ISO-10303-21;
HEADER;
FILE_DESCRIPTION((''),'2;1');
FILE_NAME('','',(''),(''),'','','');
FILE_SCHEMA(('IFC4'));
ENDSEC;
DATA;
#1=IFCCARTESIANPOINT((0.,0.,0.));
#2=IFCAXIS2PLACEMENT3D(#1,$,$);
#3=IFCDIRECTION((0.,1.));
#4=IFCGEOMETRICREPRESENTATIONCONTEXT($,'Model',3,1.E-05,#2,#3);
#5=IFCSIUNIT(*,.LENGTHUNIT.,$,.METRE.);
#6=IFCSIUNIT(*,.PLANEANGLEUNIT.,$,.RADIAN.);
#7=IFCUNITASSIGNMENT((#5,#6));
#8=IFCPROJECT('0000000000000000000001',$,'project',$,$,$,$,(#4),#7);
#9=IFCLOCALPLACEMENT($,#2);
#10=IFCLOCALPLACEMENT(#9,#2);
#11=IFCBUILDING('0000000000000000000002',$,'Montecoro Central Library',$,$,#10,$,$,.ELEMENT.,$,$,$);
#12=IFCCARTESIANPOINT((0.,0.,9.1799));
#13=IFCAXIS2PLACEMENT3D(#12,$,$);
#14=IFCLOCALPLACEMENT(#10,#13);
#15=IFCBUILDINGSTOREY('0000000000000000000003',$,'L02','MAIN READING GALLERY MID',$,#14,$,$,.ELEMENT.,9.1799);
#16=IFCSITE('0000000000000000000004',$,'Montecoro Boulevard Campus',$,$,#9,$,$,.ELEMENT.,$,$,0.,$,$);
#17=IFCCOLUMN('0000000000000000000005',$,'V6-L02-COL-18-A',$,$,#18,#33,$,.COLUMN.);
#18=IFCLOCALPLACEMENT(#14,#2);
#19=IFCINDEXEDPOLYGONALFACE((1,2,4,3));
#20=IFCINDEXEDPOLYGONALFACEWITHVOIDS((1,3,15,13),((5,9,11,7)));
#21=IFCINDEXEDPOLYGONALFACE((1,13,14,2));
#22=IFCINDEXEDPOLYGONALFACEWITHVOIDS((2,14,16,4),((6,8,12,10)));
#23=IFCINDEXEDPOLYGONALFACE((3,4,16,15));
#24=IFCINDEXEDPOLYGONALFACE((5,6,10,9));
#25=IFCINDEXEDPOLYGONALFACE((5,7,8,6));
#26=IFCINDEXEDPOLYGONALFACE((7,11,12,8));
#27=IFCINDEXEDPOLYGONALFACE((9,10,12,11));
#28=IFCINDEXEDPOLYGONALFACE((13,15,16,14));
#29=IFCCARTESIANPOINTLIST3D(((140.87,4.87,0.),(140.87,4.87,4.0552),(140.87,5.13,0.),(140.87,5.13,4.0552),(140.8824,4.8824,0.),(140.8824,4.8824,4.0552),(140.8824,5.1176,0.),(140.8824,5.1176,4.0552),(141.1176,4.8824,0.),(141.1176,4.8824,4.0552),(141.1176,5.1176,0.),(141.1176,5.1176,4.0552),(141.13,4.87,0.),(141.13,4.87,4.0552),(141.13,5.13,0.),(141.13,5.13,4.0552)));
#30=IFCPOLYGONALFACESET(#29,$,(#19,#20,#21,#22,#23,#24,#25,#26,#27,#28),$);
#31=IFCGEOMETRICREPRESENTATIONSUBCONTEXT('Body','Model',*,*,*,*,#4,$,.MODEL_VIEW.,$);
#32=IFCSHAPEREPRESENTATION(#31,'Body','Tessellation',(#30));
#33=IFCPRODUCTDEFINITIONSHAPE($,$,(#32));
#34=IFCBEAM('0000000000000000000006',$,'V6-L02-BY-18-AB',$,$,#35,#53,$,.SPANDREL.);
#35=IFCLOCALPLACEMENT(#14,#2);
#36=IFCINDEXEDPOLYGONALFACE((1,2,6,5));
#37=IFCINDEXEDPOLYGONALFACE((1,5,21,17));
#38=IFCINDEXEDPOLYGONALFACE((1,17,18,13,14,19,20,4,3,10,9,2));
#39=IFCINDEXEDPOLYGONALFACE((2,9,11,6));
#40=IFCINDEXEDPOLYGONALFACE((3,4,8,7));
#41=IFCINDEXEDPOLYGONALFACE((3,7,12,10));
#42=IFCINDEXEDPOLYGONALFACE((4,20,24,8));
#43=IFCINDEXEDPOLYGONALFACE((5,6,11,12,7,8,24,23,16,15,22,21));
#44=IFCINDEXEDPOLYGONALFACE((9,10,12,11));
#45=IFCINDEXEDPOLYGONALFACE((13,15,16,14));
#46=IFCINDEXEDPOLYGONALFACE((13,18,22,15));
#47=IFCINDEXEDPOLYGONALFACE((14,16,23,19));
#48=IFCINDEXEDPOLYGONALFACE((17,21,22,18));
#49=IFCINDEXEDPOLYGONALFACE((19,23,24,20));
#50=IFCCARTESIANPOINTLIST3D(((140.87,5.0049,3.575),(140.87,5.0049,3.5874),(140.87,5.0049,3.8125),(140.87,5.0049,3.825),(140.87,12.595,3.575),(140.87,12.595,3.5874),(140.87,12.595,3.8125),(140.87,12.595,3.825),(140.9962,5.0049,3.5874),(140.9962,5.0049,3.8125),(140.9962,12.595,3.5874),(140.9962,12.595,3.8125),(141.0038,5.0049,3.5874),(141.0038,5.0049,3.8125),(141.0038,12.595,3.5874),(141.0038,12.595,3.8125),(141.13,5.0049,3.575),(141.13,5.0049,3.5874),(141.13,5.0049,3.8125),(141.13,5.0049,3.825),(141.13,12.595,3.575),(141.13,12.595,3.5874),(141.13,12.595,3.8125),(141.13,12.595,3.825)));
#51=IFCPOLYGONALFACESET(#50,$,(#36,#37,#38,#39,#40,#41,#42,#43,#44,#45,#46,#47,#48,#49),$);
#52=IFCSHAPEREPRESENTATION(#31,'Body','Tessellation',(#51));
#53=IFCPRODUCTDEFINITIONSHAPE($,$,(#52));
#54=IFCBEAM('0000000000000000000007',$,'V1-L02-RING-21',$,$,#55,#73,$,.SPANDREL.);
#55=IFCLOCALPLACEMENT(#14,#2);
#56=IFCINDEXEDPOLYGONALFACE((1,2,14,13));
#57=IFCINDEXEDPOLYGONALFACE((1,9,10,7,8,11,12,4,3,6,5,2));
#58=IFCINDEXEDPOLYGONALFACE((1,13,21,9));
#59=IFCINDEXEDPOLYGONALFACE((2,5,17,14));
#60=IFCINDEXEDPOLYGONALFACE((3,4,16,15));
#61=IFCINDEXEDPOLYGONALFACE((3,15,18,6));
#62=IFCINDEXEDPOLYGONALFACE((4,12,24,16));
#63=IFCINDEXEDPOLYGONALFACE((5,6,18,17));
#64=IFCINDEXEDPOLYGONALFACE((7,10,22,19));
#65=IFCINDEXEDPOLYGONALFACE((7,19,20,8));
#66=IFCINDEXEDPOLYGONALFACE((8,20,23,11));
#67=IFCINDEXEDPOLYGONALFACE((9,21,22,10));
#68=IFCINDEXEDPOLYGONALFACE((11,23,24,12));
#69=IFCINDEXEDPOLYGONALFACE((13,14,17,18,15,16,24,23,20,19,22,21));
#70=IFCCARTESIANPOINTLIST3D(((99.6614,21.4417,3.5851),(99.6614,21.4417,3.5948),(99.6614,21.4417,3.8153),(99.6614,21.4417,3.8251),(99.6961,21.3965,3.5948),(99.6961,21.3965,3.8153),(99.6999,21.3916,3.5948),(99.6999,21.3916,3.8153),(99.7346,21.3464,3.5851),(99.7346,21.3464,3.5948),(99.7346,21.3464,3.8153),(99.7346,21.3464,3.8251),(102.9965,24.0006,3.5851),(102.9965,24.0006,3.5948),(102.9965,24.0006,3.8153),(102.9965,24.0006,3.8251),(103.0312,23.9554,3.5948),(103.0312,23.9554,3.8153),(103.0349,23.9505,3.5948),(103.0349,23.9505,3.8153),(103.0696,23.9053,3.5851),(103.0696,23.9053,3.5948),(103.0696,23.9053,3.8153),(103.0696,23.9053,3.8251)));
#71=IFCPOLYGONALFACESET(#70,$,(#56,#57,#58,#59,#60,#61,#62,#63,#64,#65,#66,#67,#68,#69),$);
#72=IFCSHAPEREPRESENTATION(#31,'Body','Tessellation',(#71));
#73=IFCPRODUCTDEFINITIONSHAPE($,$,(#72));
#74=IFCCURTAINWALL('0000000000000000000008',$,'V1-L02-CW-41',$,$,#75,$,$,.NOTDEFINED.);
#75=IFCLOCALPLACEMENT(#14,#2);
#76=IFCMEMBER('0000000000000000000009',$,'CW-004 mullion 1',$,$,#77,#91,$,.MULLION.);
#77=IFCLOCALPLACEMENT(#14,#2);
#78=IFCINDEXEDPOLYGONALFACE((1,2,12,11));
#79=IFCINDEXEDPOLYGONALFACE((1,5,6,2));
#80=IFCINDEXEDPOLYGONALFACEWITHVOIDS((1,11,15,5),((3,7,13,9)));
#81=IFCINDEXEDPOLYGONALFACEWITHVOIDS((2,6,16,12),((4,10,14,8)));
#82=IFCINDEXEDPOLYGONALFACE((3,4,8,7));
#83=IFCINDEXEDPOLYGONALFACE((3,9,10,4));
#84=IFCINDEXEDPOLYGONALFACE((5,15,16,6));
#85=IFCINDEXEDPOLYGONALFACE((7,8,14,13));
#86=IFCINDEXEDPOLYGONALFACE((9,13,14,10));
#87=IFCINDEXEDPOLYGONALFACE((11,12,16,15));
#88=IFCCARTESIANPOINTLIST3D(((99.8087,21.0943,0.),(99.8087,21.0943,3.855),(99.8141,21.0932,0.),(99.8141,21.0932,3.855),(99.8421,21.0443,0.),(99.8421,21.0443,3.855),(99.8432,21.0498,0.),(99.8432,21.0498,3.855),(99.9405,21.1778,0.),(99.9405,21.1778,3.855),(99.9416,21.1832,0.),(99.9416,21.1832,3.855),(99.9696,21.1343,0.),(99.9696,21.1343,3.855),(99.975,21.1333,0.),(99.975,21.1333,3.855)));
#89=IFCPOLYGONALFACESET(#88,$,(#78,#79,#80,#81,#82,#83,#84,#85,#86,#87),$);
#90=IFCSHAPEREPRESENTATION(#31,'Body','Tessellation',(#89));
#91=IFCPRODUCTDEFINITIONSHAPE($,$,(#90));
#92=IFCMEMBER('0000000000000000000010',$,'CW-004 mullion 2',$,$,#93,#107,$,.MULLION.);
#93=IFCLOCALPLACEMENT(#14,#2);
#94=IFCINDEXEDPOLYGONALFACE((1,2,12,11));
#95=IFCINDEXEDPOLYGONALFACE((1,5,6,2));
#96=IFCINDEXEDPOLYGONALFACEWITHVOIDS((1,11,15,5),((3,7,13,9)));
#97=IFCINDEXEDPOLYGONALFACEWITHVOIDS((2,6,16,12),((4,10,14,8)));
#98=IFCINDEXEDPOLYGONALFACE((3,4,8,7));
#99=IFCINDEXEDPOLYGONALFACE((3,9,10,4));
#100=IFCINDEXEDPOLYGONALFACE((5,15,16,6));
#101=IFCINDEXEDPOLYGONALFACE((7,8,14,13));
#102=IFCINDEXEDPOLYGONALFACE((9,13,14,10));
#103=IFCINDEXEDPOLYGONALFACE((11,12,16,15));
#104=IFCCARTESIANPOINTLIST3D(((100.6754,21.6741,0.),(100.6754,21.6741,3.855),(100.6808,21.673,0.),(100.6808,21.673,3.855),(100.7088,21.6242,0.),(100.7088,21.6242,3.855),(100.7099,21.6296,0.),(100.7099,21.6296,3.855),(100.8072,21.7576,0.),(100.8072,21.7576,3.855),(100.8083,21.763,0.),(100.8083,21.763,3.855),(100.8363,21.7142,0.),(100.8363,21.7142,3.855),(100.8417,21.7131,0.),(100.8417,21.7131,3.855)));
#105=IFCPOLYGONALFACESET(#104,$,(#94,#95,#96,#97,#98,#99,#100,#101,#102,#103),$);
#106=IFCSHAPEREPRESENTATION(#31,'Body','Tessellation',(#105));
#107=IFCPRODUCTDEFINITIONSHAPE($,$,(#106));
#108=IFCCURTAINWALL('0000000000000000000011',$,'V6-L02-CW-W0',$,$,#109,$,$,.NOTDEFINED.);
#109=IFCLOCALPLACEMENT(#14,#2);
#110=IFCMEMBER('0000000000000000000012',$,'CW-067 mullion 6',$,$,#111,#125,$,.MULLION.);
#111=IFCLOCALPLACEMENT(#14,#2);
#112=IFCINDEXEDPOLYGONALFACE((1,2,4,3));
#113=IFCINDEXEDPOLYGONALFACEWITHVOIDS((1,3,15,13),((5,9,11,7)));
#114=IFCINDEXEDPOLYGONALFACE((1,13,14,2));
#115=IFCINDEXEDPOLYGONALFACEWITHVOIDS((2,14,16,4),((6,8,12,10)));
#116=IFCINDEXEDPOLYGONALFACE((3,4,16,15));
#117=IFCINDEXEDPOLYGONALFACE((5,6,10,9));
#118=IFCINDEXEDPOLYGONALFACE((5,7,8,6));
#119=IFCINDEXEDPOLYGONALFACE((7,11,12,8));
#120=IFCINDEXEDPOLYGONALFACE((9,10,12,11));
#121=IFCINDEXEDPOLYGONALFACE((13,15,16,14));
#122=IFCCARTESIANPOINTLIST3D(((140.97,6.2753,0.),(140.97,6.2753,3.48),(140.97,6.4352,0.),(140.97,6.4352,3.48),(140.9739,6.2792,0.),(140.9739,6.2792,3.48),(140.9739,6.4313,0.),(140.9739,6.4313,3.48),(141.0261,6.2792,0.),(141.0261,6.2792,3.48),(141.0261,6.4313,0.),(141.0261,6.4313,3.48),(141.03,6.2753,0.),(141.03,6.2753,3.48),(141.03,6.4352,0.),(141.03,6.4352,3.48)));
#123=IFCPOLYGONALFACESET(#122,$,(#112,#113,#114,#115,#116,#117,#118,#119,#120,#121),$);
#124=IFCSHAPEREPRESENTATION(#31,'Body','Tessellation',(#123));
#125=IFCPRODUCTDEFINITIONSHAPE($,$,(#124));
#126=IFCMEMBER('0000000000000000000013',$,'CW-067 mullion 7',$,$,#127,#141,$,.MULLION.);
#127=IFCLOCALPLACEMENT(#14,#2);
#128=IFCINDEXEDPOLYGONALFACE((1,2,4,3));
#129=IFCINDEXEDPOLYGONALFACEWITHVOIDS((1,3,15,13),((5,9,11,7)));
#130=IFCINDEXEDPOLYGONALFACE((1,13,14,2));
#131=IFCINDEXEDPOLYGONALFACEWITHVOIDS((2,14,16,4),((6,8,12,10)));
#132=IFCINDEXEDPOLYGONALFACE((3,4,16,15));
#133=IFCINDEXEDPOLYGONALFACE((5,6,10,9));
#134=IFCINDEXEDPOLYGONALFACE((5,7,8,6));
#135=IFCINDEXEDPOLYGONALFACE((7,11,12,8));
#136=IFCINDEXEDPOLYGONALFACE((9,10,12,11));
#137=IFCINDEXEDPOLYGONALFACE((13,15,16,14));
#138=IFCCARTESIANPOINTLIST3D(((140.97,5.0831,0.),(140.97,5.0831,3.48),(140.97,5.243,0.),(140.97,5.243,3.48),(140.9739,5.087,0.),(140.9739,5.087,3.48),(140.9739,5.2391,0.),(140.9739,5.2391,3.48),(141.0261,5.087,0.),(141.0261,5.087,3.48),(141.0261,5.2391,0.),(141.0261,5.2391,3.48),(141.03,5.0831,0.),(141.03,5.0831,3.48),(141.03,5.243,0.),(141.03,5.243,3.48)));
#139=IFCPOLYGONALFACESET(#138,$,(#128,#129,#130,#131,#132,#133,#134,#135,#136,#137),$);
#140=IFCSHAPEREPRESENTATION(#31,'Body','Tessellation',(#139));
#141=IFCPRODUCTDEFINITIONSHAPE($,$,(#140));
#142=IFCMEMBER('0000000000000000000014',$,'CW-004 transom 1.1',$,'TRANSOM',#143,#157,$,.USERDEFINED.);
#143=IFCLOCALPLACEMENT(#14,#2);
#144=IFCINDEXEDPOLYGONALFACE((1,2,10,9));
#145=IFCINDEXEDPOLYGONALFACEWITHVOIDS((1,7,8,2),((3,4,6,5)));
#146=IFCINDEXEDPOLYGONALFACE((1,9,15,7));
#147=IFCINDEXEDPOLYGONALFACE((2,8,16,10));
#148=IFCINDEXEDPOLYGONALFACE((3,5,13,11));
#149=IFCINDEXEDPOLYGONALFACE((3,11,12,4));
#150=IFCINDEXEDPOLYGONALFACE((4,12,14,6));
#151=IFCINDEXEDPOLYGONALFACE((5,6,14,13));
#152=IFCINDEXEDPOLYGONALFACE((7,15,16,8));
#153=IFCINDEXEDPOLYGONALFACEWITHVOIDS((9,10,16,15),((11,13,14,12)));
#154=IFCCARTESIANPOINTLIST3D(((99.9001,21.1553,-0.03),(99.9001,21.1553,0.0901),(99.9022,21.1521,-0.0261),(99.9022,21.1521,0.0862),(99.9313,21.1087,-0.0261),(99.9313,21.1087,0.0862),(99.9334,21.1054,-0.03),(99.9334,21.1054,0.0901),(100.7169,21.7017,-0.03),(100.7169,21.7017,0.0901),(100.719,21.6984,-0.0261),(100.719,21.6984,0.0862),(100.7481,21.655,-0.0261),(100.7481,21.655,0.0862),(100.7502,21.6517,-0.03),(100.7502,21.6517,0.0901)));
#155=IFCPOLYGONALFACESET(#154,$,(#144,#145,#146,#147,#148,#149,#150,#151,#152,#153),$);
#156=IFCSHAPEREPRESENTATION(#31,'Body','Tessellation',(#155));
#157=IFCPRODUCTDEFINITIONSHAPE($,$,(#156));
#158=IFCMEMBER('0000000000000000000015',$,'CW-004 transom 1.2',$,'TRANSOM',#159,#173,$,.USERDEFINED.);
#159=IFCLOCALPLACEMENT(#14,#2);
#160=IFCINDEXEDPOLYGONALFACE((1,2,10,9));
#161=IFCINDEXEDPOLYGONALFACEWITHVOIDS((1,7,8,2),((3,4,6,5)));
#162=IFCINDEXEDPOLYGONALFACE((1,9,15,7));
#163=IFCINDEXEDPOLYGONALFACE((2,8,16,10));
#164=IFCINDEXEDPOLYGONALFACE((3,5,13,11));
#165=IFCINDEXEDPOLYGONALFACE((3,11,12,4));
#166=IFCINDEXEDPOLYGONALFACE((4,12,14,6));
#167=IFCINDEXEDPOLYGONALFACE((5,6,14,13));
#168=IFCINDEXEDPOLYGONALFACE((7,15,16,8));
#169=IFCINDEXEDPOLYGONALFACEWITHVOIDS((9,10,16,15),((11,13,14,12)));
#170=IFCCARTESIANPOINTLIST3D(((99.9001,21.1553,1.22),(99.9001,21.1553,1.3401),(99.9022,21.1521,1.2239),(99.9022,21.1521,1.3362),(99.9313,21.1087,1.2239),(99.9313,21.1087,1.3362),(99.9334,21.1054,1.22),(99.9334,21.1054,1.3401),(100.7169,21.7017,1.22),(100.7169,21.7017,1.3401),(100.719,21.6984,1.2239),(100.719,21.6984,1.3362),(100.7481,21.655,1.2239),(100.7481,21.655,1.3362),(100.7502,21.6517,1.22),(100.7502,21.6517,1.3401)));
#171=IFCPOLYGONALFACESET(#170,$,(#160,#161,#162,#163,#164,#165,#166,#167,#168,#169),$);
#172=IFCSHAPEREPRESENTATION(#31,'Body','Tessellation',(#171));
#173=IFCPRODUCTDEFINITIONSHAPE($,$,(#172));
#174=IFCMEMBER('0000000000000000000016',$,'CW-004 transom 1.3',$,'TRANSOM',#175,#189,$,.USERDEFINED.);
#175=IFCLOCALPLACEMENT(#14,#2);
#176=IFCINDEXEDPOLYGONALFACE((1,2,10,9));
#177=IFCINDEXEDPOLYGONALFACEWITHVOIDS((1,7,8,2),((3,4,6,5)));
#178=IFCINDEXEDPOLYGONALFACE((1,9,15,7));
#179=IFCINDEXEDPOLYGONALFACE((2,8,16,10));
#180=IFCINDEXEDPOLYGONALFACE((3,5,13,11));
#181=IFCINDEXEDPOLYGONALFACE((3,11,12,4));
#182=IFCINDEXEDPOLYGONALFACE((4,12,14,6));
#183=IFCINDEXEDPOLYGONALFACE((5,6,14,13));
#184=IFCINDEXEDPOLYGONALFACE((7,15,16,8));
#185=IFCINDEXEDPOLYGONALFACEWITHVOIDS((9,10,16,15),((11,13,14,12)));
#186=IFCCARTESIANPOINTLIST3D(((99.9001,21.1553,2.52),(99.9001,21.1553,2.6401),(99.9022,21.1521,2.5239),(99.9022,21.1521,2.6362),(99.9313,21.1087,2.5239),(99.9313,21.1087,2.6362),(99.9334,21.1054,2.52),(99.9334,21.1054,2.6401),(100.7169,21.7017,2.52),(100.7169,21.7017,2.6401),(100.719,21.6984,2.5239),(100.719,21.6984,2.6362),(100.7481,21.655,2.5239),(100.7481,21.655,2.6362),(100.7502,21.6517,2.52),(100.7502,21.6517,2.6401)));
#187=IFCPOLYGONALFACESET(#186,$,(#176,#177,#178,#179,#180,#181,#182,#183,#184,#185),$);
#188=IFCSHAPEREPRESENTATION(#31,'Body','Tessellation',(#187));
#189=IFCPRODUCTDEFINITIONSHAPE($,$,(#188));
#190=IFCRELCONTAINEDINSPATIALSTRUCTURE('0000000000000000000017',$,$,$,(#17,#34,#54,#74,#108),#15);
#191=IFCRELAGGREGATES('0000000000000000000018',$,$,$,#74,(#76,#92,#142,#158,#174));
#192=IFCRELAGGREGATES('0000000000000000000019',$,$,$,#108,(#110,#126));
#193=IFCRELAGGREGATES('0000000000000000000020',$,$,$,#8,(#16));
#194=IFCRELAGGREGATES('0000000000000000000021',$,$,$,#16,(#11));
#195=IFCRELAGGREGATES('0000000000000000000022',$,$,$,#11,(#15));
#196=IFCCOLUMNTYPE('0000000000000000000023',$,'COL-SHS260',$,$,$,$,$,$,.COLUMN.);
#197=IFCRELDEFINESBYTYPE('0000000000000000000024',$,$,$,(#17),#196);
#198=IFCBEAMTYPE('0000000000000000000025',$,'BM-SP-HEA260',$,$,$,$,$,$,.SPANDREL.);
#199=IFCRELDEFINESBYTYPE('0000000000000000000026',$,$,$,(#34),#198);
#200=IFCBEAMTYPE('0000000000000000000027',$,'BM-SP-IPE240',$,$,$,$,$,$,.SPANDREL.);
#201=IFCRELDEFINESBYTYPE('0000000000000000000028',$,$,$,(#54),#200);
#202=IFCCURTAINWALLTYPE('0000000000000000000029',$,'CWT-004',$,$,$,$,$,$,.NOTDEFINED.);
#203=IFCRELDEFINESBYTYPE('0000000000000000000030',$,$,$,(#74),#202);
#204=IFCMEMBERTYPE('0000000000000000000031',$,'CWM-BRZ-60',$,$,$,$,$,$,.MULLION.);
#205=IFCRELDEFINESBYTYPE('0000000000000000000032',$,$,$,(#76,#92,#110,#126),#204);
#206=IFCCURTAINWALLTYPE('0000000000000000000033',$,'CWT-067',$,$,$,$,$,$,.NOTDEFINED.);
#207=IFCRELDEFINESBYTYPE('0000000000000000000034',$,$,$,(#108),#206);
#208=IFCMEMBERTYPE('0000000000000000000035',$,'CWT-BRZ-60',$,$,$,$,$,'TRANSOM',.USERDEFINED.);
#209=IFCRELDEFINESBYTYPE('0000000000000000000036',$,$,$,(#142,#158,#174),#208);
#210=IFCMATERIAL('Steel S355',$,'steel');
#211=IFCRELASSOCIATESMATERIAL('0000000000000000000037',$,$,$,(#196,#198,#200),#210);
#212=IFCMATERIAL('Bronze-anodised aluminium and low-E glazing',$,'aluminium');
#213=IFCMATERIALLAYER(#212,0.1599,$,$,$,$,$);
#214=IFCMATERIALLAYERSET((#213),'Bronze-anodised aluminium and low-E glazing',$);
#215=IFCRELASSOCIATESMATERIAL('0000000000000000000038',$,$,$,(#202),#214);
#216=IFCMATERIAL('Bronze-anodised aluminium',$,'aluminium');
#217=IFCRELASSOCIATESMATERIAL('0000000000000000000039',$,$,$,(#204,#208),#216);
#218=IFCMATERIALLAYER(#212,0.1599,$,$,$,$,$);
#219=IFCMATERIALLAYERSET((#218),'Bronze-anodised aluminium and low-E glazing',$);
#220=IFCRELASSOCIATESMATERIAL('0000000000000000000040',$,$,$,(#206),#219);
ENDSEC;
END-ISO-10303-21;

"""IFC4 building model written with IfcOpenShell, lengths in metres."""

from ifc_helpers import new_model, si_unit, direction, frame, origin, origin_2d, place, context, subcontext, project, spatial, hollow_rectangle, i_section, extrude, material, layer, layer_set, material_profile, profile_set, type_object, element, aggregate, save


model = new_model("IFC4")

# Units and contexts
model_context = context("Model", 3, precision=1e-05, world=origin(), true_north=direction((0.0, 1.0)))
body_context = subcontext(model_context, "Body", "Model", "MODEL_VIEW")
ifc_project = project(units=[si_unit("LENGTHUNIT", "METRE"), si_unit("PLANEANGLEUNIT", "RADIAN")], contexts=[model_context])

# Site, building, storey
site_placement = place(None, origin())
site = spatial("IfcSite", under=ifc_project, at=site_placement, Name="Montecoro Boulevard Campus", CompositionType="ELEMENT", RefElevation=0.0)
building_placement = place(site_placement, origin())
building = spatial("IfcBuilding", under=site, at=building_placement, Name="Montecoro Central Library", CompositionType="ELEMENT")
storey_placement = place(building_placement, frame((0.0, 0.0, 9.1799)))
storey = spatial("IfcBuildingStorey", under=building, at=storey_placement, Name="L02", Description="MAIN READING GALLERY MID", CompositionType="ELEMENT", Elevation=9.1799)

# Column
ifc_material_1 = material(Name="Steel S355", Category="steel")
ifc_material_profile_1 = material_profile(ifc_material_1, hollow_rectangle(XDim=0.26, YDim=0.26, WallThickness=0.0125, at=origin_2d()), Name="SHS 260x260x12.5")
ifc_profile_set_1 = profile_set([ifc_material_profile_1], Name="Steel S355")
column_type = type_object("IfcColumnType", Name="COL-SHS260", PredefinedType="COLUMN", material=ifc_profile_set_1)
column_placement = place(storey_placement, frame((141.0, 5.0, 0.0), z_axis=(0.0, 0.0, 1.0), x_axis=(1.0, 0.0, 0.0)))
element("IfcColumn", 1, at=column_placement, inside=storey, type_object=column_type, Name="V6-L02-COL-18-A", PredefinedType="COLUMN", context=body_context, shape_type="SweptSolid", body=[
    extrude(hollow_rectangle(XDim=0.26, YDim=0.26, WallThickness=0.0125, at=origin_2d()), origin(), (0.0, 0.0, 1.0), 4.0552),
])

# Beams
ifc_material_profile_2 = material_profile(ifc_material_1, i_section(OverallWidth=0.26, OverallDepth=0.25, WebThickness=0.0076, FlangeThickness=0.0125, at=origin_2d()), Name="HEA 260")
ifc_profile_set_2 = profile_set([ifc_material_profile_2], Name="Steel S355")
beam_type_1 = type_object("IfcBeamType", Name="BM-SP-HEA260", PredefinedType="SPANDREL", material=ifc_profile_set_2)
beam_1_placement = place(storey_placement, frame((141.0, 5.0049, 3.7), z_axis=(0.0, 1.0, 0.0), x_axis=(-1.0, 0.0, 0.0)))
element("IfcBeam", 2, at=beam_1_placement, inside=storey, type_object=beam_type_1, Name="V6-L02-BY-18-AB", PredefinedType="SPANDREL", context=body_context, shape_type="SweptSolid", body=[
    extrude(i_section(OverallWidth=0.26, OverallDepth=0.25, WebThickness=0.0076, FlangeThickness=0.0125, at=origin_2d()), origin(), (0.0, 0.0, 1.0), 7.5901),
])
ifc_material_profile_3 = material_profile(ifc_material_1, i_section(OverallWidth=0.1201, OverallDepth=0.24, WebThickness=0.0061, FlangeThickness=0.0098, at=origin_2d()), Name="IPE 240")
ifc_profile_set_3 = profile_set([ifc_material_profile_3], Name="Steel S355")
beam_type_2 = type_object("IfcBeamType", Name="BM-SP-IPE240", PredefinedType="SPANDREL", material=ifc_profile_set_3)
beam_2_placement = place(storey_placement, frame((99.698, 21.394, 3.7051), z_axis=(0.793373, 0.608736, 0.0), x_axis=(-0.608736, 0.793373, 0.0)))
element("IfcBeam", 3, at=beam_2_placement, inside=storey, type_object=beam_type_2, Name="V1-L02-RING-21", PredefinedType="SPANDREL", context=body_context, shape_type="SweptSolid", body=[
    extrude(i_section(OverallWidth=0.1201, OverallDepth=0.24, WebThickness=0.0061, FlangeThickness=0.0098, at=origin_2d()), origin(), (0.0, 0.0, 1.0), 4.2036),
])

# Curtain walls, members
ifc_material_2 = material(Name="Bronze-anodised aluminium and low-E glazing", Category="aluminium")
ifc_layer_1 = layer(ifc_material_2, 0.1599)
ifc_layer_set_1 = layer_set([ifc_layer_1], Name="Bronze-anodised aluminium and low-E glazing")
curtain_wall_type_1 = type_object("IfcCurtainWallType", Name="CWT-004", PredefinedType="NOTDEFINED", material=ifc_layer_set_1)
curtain_wall_1_placement = place(storey_placement, origin())
curtain_wall_1 = element("IfcCurtainWall", 4, at=curtain_wall_1_placement, inside=storey, type_object=curtain_wall_type_1, Name="V1-L02-CW-41", PredefinedType="NOTDEFINED")
ifc_material_3 = material(Name="Bronze-anodised aluminium", Category="aluminium")
ifc_material_profile_4 = material_profile(ifc_material_3, hollow_rectangle(XDim=0.0601, YDim=0.1599, WallThickness=0.0039, at=origin_2d()), Name="CWM 160x60x4.0")
ifc_profile_set_4 = profile_set([ifc_material_profile_4], Name="Bronze-anodised aluminium")
member_type_1 = type_object("IfcMemberType", Name="CWM-BRZ-60", PredefinedType="MULLION", material=ifc_profile_set_4)
member_1_placement = place(storey_placement, frame((99.8918, 21.1138, 0.0), z_axis=(0.0, 0.0, 1.0), x_axis=(-0.556098, 0.831117, 0.0)))
member_1 = element("IfcMember", 5, at=member_1_placement, type_object=member_type_1, Name="CW-004 mullion 1", PredefinedType="MULLION", context=body_context, shape_type="SweptSolid", body=[
    extrude(hollow_rectangle(XDim=0.0601, YDim=0.1599, WallThickness=0.0039, at=origin_2d()), origin(), (0.0, 0.0, 1.0), 3.855),
])
member_2_placement = place(storey_placement, frame((100.7585, 21.6936, 0.0), z_axis=(0.0, 0.0, 1.0), x_axis=(-0.556098, 0.831117, 0.0)))
member_2 = element("IfcMember", 6, at=member_2_placement, type_object=member_type_1, Name="CW-004 mullion 2", PredefinedType="MULLION", context=body_context, shape_type="SweptSolid", body=[
    extrude(hollow_rectangle(XDim=0.0601, YDim=0.1599, WallThickness=0.0039, at=origin_2d()), origin(), (0.0, 0.0, 1.0), 3.855),
])
ifc_layer_2 = layer(ifc_material_2, 0.1599)
ifc_layer_set_2 = layer_set([ifc_layer_2], Name="Bronze-anodised aluminium and low-E glazing")
curtain_wall_type_2 = type_object("IfcCurtainWallType", Name="CWT-067", PredefinedType="NOTDEFINED", material=ifc_layer_set_2)
curtain_wall_2_placement = place(storey_placement, origin())
curtain_wall_2 = element("IfcCurtainWall", 7, at=curtain_wall_2_placement, inside=storey, type_object=curtain_wall_type_2, Name="V6-L02-CW-W0", PredefinedType="NOTDEFINED")
member_3_placement = place(storey_placement, frame((141.0, 6.3552, 0.0), z_axis=(0.0, 0.0, 1.0), x_axis=(1.0, 0.0, 0.0)))
member_3 = element("IfcMember", 8, at=member_3_placement, type_object=member_type_1, Name="CW-067 mullion 6", PredefinedType="MULLION", context=body_context, shape_type="SweptSolid", body=[
    extrude(hollow_rectangle(XDim=0.0601, YDim=0.1599, WallThickness=0.0039, at=origin_2d()), origin(), (0.0, 0.0, 1.0), 3.48),
])
member_4_placement = place(storey_placement, frame((141.0, 5.1631, 0.0), z_axis=(0.0, 0.0, 1.0), x_axis=(1.0, 0.0, 0.0)))
member_4 = element("IfcMember", 9, at=member_4_placement, type_object=member_type_1, Name="CW-067 mullion 7", PredefinedType="MULLION", context=body_context, shape_type="SweptSolid", body=[
    extrude(hollow_rectangle(XDim=0.0601, YDim=0.1599, WallThickness=0.0039, at=origin_2d()), origin(), (0.0, 0.0, 1.0), 3.48),
])

# Members
ifc_material_profile_5 = material_profile(ifc_material_3, hollow_rectangle(XDim=0.0601, YDim=0.1201, WallThickness=0.0039, at=origin_2d()), Name="CWT 120x60x4.0")
ifc_profile_set_5 = profile_set([ifc_material_profile_5], Name="Bronze-anodised aluminium")
member_type_2 = type_object("IfcMemberType", Name="CWT-BRZ-60", ElementType="TRANSOM", PredefinedType="USERDEFINED", material=ifc_profile_set_5)
member_5_placement = place(storey_placement, frame((99.9167, 21.1304, 0.03), z_axis=(0.831209, 0.555961, 0.0), x_axis=(-0.555961, 0.831209, 0.0)))
member_5 = element("IfcMember", 10, at=member_5_placement, type_object=member_type_2, Name="CW-004 transom 1.1", ObjectType="TRANSOM", PredefinedType="USERDEFINED", context=body_context, shape_type="SweptSolid", body=[
    extrude(hollow_rectangle(XDim=0.0601, YDim=0.1201, WallThickness=0.0039, at=origin_2d()), origin(), (0.0, 0.0, 1.0), 0.9827),
])
member_6_placement = place(storey_placement, frame((99.9167, 21.1304, 1.28), z_axis=(0.831209, 0.555961, 0.0), x_axis=(-0.555961, 0.831209, 0.0)))
member_6 = element("IfcMember", 11, at=member_6_placement, type_object=member_type_2, Name="CW-004 transom 1.2", ObjectType="TRANSOM", PredefinedType="USERDEFINED", context=body_context, shape_type="SweptSolid", body=[
    extrude(hollow_rectangle(XDim=0.0601, YDim=0.1201, WallThickness=0.0039, at=origin_2d()), origin(), (0.0, 0.0, 1.0), 0.9827),
])
member_7_placement = place(storey_placement, frame((99.9167, 21.1304, 2.5801), z_axis=(0.831209, 0.555961, 0.0), x_axis=(-0.555961, 0.831209, 0.0)))
member_7 = element("IfcMember", 12, at=member_7_placement, type_object=member_type_2, Name="CW-004 transom 1.3", ObjectType="TRANSOM", PredefinedType="USERDEFINED", context=body_context, shape_type="SweptSolid", body=[
    extrude(hollow_rectangle(XDim=0.0601, YDim=0.1201, WallThickness=0.0039, at=origin_2d()), origin(), (0.0, 0.0, 1.0), 0.9827),
])

aggregate(curtain_wall_1, [member_1, member_2, member_5, member_6, member_7])
aggregate(curtain_wall_2, [member_3, member_4])

save(model, "model.ifc")
